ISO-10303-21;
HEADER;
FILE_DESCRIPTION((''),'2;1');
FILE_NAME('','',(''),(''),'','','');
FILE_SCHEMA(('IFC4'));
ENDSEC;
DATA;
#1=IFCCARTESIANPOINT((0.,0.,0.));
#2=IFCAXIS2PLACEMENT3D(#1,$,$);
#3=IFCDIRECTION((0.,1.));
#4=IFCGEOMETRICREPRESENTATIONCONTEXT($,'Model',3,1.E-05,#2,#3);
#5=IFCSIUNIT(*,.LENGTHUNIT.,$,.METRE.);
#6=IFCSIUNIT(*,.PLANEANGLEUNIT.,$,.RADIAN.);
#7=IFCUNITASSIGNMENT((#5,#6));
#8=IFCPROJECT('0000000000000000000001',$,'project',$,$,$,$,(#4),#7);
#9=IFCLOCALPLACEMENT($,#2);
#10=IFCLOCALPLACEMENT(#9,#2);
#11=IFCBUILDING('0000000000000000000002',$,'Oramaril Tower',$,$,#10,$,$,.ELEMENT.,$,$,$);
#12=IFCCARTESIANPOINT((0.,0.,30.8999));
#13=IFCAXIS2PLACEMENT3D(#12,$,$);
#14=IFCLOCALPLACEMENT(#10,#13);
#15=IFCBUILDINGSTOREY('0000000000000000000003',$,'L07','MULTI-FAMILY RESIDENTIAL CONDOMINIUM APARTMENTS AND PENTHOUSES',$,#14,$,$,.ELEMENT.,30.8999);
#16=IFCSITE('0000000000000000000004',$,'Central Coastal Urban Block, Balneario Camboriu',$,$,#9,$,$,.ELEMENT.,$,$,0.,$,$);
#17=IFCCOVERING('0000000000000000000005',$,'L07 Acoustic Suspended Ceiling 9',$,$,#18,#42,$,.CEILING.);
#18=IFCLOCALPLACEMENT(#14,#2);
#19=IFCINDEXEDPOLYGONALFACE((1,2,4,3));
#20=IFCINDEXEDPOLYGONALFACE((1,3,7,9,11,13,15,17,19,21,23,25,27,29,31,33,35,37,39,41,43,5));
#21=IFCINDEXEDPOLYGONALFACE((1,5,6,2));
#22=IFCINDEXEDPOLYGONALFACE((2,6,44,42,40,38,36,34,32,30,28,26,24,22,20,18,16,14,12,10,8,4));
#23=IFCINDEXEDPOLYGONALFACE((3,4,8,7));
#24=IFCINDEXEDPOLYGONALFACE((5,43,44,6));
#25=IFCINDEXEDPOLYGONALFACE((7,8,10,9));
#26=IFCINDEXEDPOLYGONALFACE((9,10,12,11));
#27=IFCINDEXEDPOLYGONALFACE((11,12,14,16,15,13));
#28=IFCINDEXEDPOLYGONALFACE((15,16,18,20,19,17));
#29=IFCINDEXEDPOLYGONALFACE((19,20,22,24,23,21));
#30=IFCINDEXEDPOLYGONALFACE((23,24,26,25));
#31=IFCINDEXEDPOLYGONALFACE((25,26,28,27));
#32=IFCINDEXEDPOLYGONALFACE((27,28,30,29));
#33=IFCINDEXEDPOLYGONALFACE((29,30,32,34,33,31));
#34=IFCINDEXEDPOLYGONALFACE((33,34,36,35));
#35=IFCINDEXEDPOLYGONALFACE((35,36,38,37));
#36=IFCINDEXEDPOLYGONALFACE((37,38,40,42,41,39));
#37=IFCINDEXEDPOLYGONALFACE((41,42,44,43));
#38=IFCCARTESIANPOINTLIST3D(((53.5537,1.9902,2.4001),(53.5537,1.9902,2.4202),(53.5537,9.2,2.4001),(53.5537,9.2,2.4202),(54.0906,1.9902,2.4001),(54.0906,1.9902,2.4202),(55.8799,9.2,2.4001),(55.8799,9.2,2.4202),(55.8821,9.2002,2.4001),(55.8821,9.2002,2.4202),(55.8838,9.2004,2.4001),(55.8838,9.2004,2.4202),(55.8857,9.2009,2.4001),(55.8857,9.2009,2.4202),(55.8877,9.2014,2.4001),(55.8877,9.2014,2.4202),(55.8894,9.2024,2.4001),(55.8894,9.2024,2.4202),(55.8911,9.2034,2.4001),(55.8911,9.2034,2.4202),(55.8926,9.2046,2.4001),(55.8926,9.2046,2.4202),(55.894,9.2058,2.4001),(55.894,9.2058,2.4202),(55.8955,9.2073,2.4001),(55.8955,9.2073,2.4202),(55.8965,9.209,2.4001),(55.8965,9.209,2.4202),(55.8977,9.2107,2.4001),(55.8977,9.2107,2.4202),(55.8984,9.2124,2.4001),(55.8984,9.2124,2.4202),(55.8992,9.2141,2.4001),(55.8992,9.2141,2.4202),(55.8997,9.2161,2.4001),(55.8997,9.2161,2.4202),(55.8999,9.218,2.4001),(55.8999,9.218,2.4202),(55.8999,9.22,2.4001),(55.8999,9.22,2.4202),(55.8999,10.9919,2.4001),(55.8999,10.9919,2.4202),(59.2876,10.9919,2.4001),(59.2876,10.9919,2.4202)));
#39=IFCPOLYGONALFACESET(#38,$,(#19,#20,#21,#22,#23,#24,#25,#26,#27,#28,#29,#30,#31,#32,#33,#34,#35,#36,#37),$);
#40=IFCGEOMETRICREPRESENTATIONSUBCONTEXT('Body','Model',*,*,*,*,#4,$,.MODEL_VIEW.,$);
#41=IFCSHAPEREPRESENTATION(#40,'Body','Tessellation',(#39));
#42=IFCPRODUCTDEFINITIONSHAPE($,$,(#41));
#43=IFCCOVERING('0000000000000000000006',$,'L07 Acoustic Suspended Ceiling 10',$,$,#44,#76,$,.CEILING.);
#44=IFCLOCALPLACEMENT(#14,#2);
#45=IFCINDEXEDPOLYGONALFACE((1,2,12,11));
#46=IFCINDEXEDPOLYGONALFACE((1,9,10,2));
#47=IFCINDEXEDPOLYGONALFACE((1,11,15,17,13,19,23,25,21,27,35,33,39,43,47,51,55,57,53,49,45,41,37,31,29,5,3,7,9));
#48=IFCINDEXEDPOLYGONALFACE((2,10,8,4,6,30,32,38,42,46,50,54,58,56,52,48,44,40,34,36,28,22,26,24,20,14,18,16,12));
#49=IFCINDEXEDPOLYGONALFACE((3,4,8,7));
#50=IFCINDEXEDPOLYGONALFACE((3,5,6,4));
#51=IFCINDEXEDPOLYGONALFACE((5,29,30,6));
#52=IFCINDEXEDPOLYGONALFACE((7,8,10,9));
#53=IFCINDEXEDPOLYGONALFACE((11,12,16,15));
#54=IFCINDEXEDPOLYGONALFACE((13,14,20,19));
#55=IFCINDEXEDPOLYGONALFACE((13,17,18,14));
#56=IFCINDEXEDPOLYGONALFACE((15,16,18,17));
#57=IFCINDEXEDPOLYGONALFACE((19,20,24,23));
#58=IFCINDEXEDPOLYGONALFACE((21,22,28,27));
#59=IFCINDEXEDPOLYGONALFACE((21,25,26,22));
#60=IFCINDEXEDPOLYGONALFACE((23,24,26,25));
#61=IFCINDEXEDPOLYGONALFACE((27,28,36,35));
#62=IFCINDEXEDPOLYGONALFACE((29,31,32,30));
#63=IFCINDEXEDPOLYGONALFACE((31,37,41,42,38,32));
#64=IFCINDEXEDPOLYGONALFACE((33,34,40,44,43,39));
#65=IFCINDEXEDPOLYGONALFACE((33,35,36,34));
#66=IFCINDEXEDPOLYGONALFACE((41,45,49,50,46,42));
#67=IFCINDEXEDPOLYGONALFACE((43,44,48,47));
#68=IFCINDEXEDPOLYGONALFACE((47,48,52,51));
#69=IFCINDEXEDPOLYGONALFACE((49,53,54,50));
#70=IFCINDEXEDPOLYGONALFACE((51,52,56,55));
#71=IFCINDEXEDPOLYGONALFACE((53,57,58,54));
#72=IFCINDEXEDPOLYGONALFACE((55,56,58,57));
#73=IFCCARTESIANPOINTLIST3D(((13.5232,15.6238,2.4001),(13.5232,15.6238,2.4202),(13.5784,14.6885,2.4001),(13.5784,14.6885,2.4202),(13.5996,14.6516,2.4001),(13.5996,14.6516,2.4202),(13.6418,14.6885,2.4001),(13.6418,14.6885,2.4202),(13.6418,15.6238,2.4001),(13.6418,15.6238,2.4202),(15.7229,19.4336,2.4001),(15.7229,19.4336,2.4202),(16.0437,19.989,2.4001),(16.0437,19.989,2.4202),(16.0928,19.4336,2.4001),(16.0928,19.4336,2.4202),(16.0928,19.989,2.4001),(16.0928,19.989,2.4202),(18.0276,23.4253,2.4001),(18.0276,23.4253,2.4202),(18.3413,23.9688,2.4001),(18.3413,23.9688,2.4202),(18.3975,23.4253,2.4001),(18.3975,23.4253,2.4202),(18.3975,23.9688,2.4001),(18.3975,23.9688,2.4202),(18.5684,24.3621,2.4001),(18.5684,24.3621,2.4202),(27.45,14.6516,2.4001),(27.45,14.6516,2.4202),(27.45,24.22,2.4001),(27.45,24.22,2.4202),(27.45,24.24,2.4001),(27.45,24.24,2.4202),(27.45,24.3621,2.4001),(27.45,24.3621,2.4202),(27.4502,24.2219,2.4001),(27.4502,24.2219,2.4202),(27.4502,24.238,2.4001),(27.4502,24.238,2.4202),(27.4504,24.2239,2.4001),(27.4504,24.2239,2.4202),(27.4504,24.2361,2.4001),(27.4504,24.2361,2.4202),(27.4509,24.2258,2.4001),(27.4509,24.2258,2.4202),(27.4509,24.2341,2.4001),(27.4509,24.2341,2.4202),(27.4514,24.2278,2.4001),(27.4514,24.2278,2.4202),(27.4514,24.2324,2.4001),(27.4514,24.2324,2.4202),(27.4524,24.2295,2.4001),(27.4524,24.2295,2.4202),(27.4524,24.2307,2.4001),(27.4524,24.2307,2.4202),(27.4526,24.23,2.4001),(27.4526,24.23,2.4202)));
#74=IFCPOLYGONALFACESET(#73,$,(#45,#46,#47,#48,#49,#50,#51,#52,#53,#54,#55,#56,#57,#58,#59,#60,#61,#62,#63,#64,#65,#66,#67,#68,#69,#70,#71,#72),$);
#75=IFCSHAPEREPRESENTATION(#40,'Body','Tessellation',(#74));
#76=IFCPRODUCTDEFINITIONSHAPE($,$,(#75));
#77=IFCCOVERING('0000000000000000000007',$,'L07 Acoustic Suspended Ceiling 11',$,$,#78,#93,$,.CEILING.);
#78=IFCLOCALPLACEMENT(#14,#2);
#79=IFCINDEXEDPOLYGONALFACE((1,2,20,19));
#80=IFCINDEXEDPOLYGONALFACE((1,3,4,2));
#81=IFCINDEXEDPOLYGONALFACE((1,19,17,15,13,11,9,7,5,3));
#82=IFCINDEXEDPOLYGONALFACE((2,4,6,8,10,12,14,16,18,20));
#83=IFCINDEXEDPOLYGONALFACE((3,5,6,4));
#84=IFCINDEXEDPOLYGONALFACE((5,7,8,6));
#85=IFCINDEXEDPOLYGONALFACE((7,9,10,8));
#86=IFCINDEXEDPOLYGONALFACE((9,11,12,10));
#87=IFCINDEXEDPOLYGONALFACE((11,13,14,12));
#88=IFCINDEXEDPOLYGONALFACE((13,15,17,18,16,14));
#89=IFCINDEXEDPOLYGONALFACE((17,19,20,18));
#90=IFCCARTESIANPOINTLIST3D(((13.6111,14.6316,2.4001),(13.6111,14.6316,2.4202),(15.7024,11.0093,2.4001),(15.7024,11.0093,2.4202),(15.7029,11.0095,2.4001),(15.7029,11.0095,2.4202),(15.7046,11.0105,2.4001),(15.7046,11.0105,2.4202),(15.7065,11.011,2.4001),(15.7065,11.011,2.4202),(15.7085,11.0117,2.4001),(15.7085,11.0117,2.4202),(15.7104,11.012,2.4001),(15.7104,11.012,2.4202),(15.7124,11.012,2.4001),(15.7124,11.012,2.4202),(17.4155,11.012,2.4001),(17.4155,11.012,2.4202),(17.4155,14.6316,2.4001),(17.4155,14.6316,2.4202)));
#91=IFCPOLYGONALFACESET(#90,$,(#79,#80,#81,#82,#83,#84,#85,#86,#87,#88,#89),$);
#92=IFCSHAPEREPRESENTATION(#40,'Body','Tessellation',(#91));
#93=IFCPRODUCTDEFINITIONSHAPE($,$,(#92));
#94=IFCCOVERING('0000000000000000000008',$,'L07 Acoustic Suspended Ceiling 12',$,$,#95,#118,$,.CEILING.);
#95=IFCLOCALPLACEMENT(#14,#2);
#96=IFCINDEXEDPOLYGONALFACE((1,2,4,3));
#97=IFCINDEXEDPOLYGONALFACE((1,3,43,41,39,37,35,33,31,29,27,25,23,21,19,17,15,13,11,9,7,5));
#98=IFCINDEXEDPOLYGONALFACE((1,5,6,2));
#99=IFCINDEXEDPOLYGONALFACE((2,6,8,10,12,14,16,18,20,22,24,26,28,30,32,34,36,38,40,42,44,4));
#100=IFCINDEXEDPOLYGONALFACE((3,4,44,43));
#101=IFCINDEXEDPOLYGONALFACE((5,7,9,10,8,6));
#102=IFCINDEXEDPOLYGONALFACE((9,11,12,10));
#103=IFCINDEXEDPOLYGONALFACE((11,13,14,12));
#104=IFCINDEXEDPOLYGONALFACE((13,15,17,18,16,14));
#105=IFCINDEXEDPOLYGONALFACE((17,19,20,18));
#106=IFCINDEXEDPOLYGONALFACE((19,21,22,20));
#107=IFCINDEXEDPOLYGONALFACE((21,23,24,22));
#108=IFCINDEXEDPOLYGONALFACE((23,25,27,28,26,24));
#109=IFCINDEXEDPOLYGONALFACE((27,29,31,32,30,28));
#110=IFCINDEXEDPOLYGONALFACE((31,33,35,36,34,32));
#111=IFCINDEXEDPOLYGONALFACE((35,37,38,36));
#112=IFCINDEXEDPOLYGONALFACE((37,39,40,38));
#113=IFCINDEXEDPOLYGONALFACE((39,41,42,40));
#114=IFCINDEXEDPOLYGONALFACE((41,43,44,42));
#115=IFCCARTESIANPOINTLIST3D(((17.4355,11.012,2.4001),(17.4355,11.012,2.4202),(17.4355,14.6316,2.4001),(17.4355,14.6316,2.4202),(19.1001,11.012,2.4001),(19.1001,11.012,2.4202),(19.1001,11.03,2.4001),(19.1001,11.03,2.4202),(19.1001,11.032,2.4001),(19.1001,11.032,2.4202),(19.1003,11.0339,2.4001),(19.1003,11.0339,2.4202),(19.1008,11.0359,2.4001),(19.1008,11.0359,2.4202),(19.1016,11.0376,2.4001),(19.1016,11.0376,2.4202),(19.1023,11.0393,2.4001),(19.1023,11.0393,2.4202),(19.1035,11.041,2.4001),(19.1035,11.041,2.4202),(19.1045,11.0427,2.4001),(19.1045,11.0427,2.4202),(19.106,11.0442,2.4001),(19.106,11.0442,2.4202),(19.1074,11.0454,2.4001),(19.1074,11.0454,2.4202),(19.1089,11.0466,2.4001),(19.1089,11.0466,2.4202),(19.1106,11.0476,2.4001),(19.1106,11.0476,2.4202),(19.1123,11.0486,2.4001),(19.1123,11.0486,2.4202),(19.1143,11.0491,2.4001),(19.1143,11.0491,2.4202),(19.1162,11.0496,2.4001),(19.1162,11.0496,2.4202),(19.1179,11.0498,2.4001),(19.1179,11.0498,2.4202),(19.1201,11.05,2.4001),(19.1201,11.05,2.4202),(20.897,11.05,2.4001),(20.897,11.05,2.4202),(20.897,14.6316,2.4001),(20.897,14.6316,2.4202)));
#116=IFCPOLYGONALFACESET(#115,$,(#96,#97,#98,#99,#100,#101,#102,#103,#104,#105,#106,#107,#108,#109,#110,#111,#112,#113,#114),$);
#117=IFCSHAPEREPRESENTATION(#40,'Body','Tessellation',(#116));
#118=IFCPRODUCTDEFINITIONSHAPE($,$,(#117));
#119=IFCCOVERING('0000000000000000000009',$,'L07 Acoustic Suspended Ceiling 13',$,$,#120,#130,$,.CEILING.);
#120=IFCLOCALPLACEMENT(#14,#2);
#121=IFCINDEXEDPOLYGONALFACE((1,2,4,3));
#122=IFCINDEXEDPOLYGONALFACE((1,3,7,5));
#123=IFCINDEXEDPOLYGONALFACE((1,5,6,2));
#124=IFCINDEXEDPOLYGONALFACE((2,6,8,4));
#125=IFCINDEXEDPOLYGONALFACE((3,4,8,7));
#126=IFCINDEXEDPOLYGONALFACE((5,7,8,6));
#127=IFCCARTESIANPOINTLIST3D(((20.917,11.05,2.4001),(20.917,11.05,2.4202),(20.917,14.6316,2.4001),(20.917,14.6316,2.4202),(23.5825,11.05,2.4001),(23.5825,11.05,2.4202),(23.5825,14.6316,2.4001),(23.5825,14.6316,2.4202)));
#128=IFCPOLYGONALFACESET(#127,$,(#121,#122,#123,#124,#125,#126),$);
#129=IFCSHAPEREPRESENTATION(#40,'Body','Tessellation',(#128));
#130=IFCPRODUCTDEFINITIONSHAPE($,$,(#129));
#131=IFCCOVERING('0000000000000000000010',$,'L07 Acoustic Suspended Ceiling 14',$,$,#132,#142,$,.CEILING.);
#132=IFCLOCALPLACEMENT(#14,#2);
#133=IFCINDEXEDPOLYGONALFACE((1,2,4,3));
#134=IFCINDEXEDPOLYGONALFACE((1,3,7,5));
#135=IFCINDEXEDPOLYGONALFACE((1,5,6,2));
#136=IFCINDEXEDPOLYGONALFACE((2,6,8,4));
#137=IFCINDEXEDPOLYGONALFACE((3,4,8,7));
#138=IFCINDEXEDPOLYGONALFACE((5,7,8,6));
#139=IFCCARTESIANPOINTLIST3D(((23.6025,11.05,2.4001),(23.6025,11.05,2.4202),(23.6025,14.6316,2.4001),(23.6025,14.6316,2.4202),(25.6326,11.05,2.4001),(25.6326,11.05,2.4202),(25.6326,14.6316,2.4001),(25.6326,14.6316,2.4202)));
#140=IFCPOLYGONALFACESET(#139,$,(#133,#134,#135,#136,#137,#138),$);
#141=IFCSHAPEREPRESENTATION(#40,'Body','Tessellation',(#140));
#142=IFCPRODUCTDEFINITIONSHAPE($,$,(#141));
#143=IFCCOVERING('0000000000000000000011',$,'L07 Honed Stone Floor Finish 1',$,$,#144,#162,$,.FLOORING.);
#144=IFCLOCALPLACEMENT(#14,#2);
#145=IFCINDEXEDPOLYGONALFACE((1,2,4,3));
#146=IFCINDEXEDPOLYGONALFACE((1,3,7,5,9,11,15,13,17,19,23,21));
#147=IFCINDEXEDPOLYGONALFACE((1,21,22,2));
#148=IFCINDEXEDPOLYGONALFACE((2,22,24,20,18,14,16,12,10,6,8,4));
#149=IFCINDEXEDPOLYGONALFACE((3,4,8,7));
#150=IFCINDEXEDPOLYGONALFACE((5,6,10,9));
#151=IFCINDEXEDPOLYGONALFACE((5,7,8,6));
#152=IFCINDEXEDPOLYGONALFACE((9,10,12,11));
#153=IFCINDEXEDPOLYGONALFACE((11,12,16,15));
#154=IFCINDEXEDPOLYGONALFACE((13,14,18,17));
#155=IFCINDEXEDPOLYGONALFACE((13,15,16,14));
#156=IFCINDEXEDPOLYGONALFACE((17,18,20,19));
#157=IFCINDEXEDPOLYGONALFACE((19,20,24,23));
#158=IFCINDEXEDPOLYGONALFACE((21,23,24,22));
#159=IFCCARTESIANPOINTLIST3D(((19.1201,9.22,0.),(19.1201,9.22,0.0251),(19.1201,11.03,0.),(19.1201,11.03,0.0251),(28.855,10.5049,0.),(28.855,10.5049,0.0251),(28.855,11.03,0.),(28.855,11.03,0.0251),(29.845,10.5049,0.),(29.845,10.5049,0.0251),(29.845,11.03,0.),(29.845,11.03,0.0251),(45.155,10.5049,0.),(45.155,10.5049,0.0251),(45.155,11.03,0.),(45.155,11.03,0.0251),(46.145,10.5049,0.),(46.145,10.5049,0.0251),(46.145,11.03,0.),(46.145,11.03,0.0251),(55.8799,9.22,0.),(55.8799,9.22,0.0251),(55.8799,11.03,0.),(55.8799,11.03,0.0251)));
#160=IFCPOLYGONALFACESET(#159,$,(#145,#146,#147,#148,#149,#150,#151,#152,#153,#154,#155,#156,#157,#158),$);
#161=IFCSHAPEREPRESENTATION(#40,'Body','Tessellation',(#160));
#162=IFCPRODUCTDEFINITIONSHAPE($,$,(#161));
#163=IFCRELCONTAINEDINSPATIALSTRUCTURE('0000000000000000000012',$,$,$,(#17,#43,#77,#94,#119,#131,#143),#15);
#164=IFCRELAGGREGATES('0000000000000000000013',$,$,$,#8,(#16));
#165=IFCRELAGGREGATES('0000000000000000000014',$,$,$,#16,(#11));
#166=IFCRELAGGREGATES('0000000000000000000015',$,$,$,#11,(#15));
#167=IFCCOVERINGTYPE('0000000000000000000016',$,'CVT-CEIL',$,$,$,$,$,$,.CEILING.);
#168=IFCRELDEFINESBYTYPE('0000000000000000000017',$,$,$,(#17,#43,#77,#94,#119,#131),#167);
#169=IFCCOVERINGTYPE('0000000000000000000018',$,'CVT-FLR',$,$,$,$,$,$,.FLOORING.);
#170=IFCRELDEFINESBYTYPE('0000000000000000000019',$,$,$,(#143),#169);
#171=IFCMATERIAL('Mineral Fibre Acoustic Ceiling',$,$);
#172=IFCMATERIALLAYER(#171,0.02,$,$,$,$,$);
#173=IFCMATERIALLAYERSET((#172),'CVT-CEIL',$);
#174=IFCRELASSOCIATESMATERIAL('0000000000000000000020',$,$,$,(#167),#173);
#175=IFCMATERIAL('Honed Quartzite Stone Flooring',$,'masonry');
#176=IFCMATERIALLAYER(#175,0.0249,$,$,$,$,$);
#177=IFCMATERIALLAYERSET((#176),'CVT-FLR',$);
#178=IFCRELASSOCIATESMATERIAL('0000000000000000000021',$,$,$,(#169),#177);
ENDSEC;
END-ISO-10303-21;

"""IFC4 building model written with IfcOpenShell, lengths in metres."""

from ifc_helpers import new_model, si_unit, direction, frame, origin, place, context, subcontext, project, spatial, polyline, outline, extrude, material, layer, layer_set, type_object, element, save


model = new_model("IFC4")

# Units and contexts
model_context = context("Model", 3, precision=1e-05, world=origin(), true_north=direction((0.0, 1.0)))
body_context = subcontext(model_context, "Body", "Model", "MODEL_VIEW")
ifc_project = project(units=[si_unit("LENGTHUNIT", "METRE"), si_unit("PLANEANGLEUNIT", "RADIAN")], contexts=[model_context])

# Site, building, storey
site_placement = place(None, origin())
site = spatial("IfcSite", under=ifc_project, at=site_placement, Name="Central Coastal Urban Block, Balneario Camboriu", CompositionType="ELEMENT", RefElevation=0.0)
building_placement = place(site_placement, origin())
building = spatial("IfcBuilding", under=site, at=building_placement, Name="Oramaril Tower", CompositionType="ELEMENT")
storey_placement = place(building_placement, frame((0.0, 0.0, 30.8999)))
storey = spatial("IfcBuildingStorey", under=building, at=storey_placement, Name="L07", Description="MULTI-FAMILY RESIDENTIAL CONDOMINIUM APARTMENTS AND PENTHOUSES", CompositionType="ELEMENT", Elevation=30.8999)

# Coverings
ifc_material_1 = material(Name="Mineral Fibre Acoustic Ceiling")
ifc_layer_1 = layer(ifc_material_1, 0.02)
ifc_layer_set_1 = layer_set([ifc_layer_1], Name="CVT-CEIL")
covering_type_1 = type_object("IfcCoveringType", Name="CVT-CEIL", PredefinedType="CEILING", material=ifc_layer_set_1)
covering_1_placement = place(storey_placement, frame((0.0, 0.0, 2.4001)))
element("IfcCovering", 1, at=covering_1_placement, inside=storey, type_object=covering_type_1, Name="L07 Acoustic Suspended Ceiling 9", PredefinedType="CEILING", context=body_context, shape_type="SweptSolid", body=[
    extrude(outline(polyline([(59.2876, 10.9919), (54.0906, 1.9902), (53.5537, 1.9902), (53.5537, 9.2), (55.8799, 9.2), (55.8821, 9.2002), (55.8838, 9.2004), (55.8857, 9.2009), (55.8877, 9.2014), (55.8894, 9.2024), (55.8911, 9.2034), (55.8926, 9.2046), (55.894, 9.2058), (55.8955, 9.2073), (55.8965, 9.209), (55.8977, 9.2107), (55.8984, 9.2124), (55.8992, 9.2141), (55.8997, 9.2161), (55.8999, 9.218), (55.8999, 9.22), (55.8999, 10.9919), (59.2876, 10.9919)])), origin(), (0.0, 0.0, 1.0), 0.02),
])
covering_2_placement = place(storey_placement, frame((0.0, 0.0, 2.4001)))
element("IfcCovering", 2, at=covering_2_placement, inside=storey, type_object=covering_type_1, Name="L07 Acoustic Suspended Ceiling 10", PredefinedType="CEILING", context=body_context, shape_type="SweptSolid", body=[
    extrude(outline(polyline([(13.5996, 14.6516), (13.5784, 14.6885), (13.6418, 14.6885), (13.6418, 15.6238), (13.5232, 15.6238), (15.7229, 19.4336), (16.0928, 19.4336), (16.0928, 19.989), (16.0437, 19.989), (18.0276, 23.4253), (18.3975, 23.4253), (18.3975, 23.9688), (18.3413, 23.9688), (18.5684, 24.3621), (27.45, 24.3621), (27.45, 24.24), (27.4502, 24.238), (27.4504, 24.2361), (27.4509, 24.2341), (27.4514, 24.2324), (27.4524, 24.2307), (27.4526, 24.23), (27.4524, 24.2295), (27.4514, 24.2278), (27.4509, 24.2258), (27.4504, 24.2239), (27.4502, 24.2219), (27.45, 24.22), (27.45, 14.6516), (13.5996, 14.6516)])), origin(), (0.0, 0.0, 1.0), 0.02),
])
covering_3_placement = place(storey_placement, frame((0.0, 0.0, 2.4001)))
element("IfcCovering", 3, at=covering_3_placement, inside=storey, type_object=covering_type_1, Name="L07 Acoustic Suspended Ceiling 11", PredefinedType="CEILING", context=body_context, shape_type="SweptSolid", body=[
    extrude(outline(polyline([(17.4155, 11.012), (15.7124, 11.012), (15.7104, 11.012), (15.7085, 11.0117), (15.7065, 11.011), (15.7046, 11.0105), (15.7029, 11.0095), (15.7024, 11.0093), (13.6111, 14.6316), (17.4155, 14.6316), (17.4155, 11.012)])), origin(), (0.0, 0.0, 1.0), 0.02),
])
covering_4_placement = place(storey_placement, frame((0.0, 0.0, 2.4001)))
element("IfcCovering", 4, at=covering_4_placement, inside=storey, type_object=covering_type_1, Name="L07 Acoustic Suspended Ceiling 12", PredefinedType="CEILING", context=body_context, shape_type="SweptSolid", body=[
    extrude(outline(polyline([(20.897, 11.05), (19.1201, 11.05), (19.1179, 11.0498), (19.1162, 11.0496), (19.1143, 11.0491), (19.1123, 11.0486), (19.1106, 11.0476), (19.1089, 11.0466), (19.1074, 11.0454), (19.106, 11.0442), (19.1045, 11.0427), (19.1035, 11.041), (19.1023, 11.0393), (19.1016, 11.0376), (19.1008, 11.0359), (19.1003, 11.0339), (19.1001, 11.032), (19.1001, 11.03), (19.1001, 11.012), (17.4355, 11.012), (17.4355, 14.6316), (20.897, 14.6316), (20.897, 11.05)])), origin(), (0.0, 0.0, 1.0), 0.02),
])
covering_5_placement = place(storey_placement, frame((0.0, 0.0, 2.4001)))
element("IfcCovering", 5, at=covering_5_placement, inside=storey, type_object=covering_type_1, Name="L07 Acoustic Suspended Ceiling 13", PredefinedType="CEILING", context=body_context, shape_type="SweptSolid", body=[
    extrude(outline(polyline([(23.5825, 11.05), (20.917, 11.05), (20.917, 14.6316), (23.5825, 14.6316), (23.5825, 11.05)])), origin(), (0.0, 0.0, 1.0), 0.02),
])
covering_6_placement = place(storey_placement, frame((0.0, 0.0, 2.4001)))
element("IfcCovering", 6, at=covering_6_placement, inside=storey, type_object=covering_type_1, Name="L07 Acoustic Suspended Ceiling 14", PredefinedType="CEILING", context=body_context, shape_type="SweptSolid", body=[
    extrude(outline(polyline([(25.6326, 11.05), (23.6025, 11.05), (23.6025, 14.6316), (25.6326, 14.6316), (25.6326, 11.05)])), origin(), (0.0, 0.0, 1.0), 0.02),
])
ifc_material_2 = material(Name="Honed Quartzite Stone Flooring", Category="masonry")
ifc_layer_2 = layer(ifc_material_2, 0.0249)
ifc_layer_set_2 = layer_set([ifc_layer_2], Name="CVT-FLR")
covering_type_2 = type_object("IfcCoveringType", Name="CVT-FLR", PredefinedType="FLOORING", material=ifc_layer_set_2)
covering_7_placement = place(storey_placement, origin())
element("IfcCovering", 7, at=covering_7_placement, inside=storey, type_object=covering_type_2, Name="L07 Honed Stone Floor Finish 1", PredefinedType="FLOORING", context=body_context, shape_type="SweptSolid", body=[
    extrude(outline(polyline([(28.855, 10.5049), (29.845, 10.5049), (29.845, 11.03), (45.155, 11.03), (45.155, 10.5049), (46.145, 10.5049), (46.145, 11.03), (55.8799, 11.03), (55.8799, 9.22), (19.1201, 9.22), (19.1201, 11.03), (28.855, 11.03), (28.855, 10.5049)])), origin(), (0.0, 0.0, 1.0), 0.0251),
])

save(model, "model.ifc")
